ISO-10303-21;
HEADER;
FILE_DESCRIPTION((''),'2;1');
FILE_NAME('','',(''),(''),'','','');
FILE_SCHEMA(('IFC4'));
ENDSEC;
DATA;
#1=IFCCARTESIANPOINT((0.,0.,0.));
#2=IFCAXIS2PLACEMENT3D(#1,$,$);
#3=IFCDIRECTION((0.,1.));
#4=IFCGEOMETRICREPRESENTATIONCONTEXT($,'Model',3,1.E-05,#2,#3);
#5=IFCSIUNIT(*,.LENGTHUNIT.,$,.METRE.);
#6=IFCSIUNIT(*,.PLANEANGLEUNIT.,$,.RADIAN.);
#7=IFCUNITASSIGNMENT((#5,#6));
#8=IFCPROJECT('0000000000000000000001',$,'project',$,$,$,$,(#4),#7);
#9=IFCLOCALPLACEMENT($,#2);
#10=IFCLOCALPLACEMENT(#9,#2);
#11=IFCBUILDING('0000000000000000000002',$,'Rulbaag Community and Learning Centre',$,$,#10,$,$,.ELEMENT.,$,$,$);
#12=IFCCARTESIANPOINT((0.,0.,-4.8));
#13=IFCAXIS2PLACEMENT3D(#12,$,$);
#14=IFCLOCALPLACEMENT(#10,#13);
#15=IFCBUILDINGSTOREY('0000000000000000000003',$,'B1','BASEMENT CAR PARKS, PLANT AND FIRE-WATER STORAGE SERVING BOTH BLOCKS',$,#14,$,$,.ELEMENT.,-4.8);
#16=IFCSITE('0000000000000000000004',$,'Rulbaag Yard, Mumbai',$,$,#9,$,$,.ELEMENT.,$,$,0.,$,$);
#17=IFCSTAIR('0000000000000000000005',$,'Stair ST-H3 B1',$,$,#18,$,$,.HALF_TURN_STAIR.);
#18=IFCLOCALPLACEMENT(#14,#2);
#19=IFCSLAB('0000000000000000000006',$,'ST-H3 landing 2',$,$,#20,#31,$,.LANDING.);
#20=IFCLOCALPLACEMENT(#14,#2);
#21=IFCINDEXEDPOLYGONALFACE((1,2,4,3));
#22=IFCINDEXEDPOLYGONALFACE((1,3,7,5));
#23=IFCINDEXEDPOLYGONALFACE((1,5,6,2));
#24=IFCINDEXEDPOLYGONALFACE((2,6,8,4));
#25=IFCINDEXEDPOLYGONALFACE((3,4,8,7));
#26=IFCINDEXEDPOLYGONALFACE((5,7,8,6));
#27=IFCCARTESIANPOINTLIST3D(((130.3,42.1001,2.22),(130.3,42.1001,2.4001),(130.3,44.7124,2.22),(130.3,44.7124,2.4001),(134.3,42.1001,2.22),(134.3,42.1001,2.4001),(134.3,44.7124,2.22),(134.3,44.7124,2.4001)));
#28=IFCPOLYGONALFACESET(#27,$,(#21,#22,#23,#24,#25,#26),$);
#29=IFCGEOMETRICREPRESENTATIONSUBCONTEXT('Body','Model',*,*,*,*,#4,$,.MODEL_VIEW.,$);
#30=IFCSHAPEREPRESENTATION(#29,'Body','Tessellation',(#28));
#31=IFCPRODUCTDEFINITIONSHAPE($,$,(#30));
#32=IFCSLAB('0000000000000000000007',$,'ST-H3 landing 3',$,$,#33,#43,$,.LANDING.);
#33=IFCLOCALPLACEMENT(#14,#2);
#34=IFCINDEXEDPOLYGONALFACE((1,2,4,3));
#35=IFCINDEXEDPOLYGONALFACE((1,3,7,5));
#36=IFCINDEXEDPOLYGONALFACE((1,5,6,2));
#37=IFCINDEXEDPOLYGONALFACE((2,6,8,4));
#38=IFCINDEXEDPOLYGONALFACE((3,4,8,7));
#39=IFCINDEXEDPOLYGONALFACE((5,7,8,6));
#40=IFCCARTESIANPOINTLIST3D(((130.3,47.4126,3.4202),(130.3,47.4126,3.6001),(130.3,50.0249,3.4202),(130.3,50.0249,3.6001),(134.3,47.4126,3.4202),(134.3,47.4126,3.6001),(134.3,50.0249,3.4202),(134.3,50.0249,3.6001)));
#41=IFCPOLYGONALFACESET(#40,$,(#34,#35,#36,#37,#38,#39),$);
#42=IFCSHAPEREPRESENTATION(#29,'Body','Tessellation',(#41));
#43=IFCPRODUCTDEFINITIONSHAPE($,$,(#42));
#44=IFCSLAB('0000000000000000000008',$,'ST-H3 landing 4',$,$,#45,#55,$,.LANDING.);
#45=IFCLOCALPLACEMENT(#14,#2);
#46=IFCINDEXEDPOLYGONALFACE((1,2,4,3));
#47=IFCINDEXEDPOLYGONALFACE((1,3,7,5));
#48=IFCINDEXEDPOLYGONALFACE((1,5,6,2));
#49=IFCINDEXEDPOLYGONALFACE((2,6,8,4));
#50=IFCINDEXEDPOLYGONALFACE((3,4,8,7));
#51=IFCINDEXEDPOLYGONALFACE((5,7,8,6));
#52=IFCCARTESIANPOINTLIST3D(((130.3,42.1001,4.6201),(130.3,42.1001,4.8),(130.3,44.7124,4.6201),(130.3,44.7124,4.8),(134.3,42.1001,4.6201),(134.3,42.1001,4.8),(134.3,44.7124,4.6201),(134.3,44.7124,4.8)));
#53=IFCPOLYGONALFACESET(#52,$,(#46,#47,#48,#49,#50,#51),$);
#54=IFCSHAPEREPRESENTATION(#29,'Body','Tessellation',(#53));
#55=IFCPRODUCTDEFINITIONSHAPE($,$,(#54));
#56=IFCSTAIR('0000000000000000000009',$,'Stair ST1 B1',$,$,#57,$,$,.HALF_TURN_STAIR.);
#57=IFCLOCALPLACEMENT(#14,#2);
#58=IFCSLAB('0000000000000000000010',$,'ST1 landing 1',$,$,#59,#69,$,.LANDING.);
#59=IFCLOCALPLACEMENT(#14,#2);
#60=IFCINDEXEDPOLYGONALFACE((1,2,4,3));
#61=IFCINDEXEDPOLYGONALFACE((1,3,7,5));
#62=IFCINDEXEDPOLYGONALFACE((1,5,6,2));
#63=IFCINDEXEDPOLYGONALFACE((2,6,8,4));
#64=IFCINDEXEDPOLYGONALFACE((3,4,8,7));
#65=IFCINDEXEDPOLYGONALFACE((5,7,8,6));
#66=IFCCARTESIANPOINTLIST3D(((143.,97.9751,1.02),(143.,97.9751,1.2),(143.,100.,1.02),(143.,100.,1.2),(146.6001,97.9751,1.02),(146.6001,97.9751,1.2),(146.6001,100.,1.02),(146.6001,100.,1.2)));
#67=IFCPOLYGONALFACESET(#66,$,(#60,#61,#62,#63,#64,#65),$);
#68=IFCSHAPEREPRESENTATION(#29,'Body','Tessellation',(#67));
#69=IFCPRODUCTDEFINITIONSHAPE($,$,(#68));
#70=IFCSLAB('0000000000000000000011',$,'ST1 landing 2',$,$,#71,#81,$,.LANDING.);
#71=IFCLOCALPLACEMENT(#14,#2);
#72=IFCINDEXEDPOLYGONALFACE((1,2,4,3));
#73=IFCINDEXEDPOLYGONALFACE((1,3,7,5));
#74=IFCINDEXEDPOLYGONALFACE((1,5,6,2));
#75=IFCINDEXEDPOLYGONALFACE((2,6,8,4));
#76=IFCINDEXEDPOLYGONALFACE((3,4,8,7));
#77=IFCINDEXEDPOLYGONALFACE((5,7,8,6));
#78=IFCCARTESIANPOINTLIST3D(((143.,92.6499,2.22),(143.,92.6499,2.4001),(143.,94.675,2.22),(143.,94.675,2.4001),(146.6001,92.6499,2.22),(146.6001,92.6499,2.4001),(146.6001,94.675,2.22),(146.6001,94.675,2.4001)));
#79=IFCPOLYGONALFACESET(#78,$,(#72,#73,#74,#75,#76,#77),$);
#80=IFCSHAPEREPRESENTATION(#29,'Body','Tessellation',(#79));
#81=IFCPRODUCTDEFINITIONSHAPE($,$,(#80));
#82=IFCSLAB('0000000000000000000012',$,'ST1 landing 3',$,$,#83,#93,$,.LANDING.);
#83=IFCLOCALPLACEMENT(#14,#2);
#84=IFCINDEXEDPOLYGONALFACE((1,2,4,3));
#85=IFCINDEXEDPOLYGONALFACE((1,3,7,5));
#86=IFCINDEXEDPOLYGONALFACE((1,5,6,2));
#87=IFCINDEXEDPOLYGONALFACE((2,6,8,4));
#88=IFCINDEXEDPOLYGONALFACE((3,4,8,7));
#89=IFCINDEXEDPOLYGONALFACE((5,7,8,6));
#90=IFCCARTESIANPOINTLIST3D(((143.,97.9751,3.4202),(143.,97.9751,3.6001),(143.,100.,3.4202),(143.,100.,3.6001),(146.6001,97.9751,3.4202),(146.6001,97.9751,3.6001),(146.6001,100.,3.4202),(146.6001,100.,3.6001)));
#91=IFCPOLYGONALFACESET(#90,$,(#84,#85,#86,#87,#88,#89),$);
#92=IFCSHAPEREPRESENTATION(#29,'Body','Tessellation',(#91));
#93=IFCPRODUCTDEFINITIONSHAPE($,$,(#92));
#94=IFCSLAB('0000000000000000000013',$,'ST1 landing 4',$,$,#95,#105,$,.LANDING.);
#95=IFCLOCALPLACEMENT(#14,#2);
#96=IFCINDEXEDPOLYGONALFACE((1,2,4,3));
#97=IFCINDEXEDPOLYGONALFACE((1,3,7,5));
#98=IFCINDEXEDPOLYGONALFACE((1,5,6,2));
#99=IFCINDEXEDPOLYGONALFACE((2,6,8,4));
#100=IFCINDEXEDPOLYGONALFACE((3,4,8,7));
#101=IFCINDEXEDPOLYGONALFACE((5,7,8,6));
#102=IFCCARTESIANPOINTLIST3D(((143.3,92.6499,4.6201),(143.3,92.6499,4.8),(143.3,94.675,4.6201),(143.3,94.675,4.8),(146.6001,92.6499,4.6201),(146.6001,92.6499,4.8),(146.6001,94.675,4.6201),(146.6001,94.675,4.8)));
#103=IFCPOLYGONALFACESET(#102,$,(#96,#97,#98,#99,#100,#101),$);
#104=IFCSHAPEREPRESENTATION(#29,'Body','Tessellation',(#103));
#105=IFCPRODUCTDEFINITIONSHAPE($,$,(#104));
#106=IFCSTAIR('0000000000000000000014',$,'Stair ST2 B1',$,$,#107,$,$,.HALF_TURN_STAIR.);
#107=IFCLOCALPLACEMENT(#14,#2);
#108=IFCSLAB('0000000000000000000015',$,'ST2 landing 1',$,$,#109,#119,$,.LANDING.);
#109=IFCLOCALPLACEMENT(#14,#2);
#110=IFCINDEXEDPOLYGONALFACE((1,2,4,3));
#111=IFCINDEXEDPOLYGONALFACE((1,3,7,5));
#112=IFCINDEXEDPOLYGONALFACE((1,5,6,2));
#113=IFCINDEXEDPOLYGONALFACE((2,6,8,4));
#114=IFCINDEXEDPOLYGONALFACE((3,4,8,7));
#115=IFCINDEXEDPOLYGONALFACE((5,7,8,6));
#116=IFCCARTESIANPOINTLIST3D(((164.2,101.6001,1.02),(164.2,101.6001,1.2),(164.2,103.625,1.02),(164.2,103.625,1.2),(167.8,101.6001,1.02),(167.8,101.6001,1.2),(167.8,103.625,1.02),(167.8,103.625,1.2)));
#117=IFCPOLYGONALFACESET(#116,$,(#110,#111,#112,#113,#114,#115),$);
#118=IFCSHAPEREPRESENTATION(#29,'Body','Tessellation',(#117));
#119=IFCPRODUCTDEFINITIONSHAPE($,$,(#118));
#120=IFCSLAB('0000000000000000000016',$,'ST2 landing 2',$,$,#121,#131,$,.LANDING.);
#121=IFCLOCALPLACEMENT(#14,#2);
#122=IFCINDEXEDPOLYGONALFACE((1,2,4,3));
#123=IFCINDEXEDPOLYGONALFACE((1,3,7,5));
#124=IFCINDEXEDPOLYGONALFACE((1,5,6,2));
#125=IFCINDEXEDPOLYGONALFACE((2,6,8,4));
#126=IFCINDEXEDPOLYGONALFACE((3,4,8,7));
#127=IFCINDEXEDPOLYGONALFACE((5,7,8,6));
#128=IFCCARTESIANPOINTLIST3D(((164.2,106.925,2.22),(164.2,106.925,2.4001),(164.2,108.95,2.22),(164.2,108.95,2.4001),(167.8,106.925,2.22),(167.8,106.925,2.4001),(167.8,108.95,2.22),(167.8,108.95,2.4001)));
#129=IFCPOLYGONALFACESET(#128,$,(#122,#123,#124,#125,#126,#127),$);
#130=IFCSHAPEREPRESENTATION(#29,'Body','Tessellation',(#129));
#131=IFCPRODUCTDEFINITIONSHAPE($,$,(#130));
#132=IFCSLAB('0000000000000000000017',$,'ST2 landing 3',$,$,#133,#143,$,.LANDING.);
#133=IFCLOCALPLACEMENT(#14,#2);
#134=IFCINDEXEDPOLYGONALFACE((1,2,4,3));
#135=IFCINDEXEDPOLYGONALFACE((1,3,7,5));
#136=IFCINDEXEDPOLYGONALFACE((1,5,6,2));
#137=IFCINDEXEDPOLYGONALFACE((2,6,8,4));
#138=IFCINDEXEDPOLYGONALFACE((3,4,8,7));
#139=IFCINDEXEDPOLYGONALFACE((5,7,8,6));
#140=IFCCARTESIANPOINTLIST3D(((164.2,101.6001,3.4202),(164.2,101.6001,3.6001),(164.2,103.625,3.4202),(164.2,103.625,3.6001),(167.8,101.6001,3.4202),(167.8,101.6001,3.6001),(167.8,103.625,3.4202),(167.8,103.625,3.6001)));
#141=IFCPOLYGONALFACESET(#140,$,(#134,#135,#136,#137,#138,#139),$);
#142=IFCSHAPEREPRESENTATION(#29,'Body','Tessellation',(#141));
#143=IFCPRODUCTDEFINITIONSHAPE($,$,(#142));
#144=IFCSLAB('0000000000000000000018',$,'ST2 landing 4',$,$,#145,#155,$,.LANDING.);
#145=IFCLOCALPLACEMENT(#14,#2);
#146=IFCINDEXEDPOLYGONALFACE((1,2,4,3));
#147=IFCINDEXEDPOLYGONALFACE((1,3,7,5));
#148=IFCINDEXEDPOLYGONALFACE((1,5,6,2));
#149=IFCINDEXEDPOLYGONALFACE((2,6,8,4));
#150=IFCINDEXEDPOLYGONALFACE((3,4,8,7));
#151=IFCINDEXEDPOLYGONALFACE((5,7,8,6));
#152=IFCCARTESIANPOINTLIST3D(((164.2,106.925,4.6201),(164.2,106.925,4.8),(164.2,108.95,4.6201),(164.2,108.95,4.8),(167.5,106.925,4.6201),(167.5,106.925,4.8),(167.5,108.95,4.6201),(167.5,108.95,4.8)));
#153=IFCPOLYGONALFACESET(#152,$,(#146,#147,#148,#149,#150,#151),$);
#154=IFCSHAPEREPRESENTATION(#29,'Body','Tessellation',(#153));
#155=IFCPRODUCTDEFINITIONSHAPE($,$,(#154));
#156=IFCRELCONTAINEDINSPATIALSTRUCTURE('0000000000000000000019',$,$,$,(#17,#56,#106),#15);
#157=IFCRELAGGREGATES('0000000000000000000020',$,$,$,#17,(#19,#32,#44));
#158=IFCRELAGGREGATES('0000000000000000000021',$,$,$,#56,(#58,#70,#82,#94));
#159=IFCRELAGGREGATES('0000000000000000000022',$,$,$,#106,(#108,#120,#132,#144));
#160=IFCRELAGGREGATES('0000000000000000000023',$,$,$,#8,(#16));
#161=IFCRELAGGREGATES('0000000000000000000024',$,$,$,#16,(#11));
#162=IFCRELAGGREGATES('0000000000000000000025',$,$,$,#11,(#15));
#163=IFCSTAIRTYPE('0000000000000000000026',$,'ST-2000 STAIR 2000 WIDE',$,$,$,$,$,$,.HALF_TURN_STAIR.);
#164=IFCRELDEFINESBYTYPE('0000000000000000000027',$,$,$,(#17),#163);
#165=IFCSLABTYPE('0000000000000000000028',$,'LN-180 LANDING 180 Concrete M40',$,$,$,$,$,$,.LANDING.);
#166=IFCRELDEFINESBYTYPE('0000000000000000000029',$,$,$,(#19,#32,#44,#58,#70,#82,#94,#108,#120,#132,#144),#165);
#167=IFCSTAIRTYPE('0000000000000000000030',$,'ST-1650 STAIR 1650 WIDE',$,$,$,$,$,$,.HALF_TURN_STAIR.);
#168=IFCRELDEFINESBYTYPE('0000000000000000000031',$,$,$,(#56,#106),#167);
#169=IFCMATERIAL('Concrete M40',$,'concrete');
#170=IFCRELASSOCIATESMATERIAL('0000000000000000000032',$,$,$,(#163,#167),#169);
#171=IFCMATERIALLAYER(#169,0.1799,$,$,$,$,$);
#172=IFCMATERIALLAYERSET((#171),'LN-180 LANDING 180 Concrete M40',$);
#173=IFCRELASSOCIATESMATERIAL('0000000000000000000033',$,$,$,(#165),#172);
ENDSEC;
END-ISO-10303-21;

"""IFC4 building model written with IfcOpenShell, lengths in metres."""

from ifc_helpers import new_model, si_unit, direction, frame, origin, place, context, subcontext, project, spatial, polyline, outline, extrude, material, layer, layer_set, type_object, element, aggregate, save


model = new_model("IFC4")

# Units and contexts
model_context = context("Model", 3, precision=1e-05, world=origin(), true_north=direction((0.0, 1.0)))
body_context = subcontext(model_context, "Body", "Model", "MODEL_VIEW")
ifc_project = project(units=[si_unit("LENGTHUNIT", "METRE"), si_unit("PLANEANGLEUNIT", "RADIAN")], contexts=[model_context])

# Site, building, storey
site_placement = place(None, origin())
site = spatial("IfcSite", under=ifc_project, at=site_placement, Name="Rulbaag Yard, Mumbai", CompositionType="ELEMENT", RefElevation=0.0)
building_placement = place(site_placement, origin())
building = spatial("IfcBuilding", under=site, at=building_placement, Name="Rulbaag Community and Learning Centre", CompositionType="ELEMENT")
storey_placement = place(building_placement, frame((0.0, 0.0, -4.8)))
storey = spatial("IfcBuildingStorey", under=building, at=storey_placement, Name="B1", Description="BASEMENT CAR PARKS, PLANT AND FIRE-WATER STORAGE SERVING BOTH BLOCKS", CompositionType="ELEMENT", Elevation=-4.8)

# Shared definitions
ifc_material_1 = material(Name="Concrete M40", Category="concrete")

# Stairs, slabs
stair_type_1 = type_object("IfcStairType", Name="ST-2000 STAIR 2000 WIDE", PredefinedType="HALF_TURN_STAIR", material=ifc_material_1)
stair_1_placement = place(storey_placement, origin())
stair_1 = element("IfcStair", 1, at=stair_1_placement, inside=storey, type_object=stair_type_1, Name="Stair ST-H3 B1", PredefinedType="HALF_TURN_STAIR")
ifc_layer_1 = layer(ifc_material_1, 0.1799)
ifc_layer_set_1 = layer_set([ifc_layer_1], Name="LN-180 LANDING 180 Concrete M40")
slab_type_1 = type_object("IfcSlabType", Name="LN-180 LANDING 180 Concrete M40", PredefinedType="LANDING", material=ifc_layer_set_1)
slab_1_placement = place(storey_placement, frame((0.0, 0.0, 2.22)))
slab_1 = element("IfcSlab", 2, at=slab_1_placement, type_object=slab_type_1, Name="ST-H3 landing 2", PredefinedType="LANDING", context=body_context, shape_type="SweptSolid", body=[
    extrude(outline(polyline([(130.3, 42.1001), (130.3, 44.7124), (134.3, 44.7124), (134.3, 42.1001), (130.3, 42.1001)])), origin(), (0.0, 0.0, 1.0), 0.1802),
])
slab_2_placement = place(storey_placement, frame((0.0, 0.0, 3.4202)))
slab_2 = element("IfcSlab", 3, at=slab_2_placement, type_object=slab_type_1, Name="ST-H3 landing 3", PredefinedType="LANDING", context=body_context, shape_type="SweptSolid", body=[
    extrude(outline(polyline([(130.3, 47.4126), (130.3, 50.0249), (134.3, 50.0249), (134.3, 47.4126), (130.3, 47.4126)])), origin(), (0.0, 0.0, 1.0), 0.1799),
])
slab_3_placement = place(storey_placement, frame((0.0, 0.0, 4.6201)))
slab_3 = element("IfcSlab", 4, at=slab_3_placement, type_object=slab_type_1, Name="ST-H3 landing 4", PredefinedType="LANDING", context=body_context, shape_type="SweptSolid", body=[
    extrude(outline(polyline([(130.3, 42.1001), (130.3, 44.7124), (134.3, 44.7124), (134.3, 42.1001), (130.3, 42.1001)])), origin(), (0.0, 0.0, 1.0), 0.1799),
])
aggregate(stair_1, [slab_1, slab_2, slab_3])
stair_type_2 = type_object("IfcStairType", Name="ST-1650 STAIR 1650 WIDE", PredefinedType="HALF_TURN_STAIR", material=ifc_material_1)
stair_2_placement = place(storey_placement, origin())
stair_2 = element("IfcStair", 5, at=stair_2_placement, inside=storey, type_object=stair_type_2, Name="Stair ST1 B1", PredefinedType="HALF_TURN_STAIR")
slab_4_placement = place(storey_placement, frame((0.0, 0.0, 1.02)))
slab_4 = element("IfcSlab", 6, at=slab_4_placement, type_object=slab_type_1, Name="ST1 landing 1", PredefinedType="LANDING", context=body_context, shape_type="SweptSolid", body=[
    extrude(outline(polyline([(143.0, 97.9751), (143.0, 100.0), (146.6001, 100.0), (146.6001, 97.9751), (143.0, 97.9751)])), origin(), (0.0, 0.0, 1.0), 0.1799),
])
slab_5_placement = place(storey_placement, frame((0.0, 0.0, 2.22)))
slab_5 = element("IfcSlab", 7, at=slab_5_placement, type_object=slab_type_1, Name="ST1 landing 2", PredefinedType="LANDING", context=body_context, shape_type="SweptSolid", body=[
    extrude(outline(polyline([(143.0, 92.6499), (143.0, 94.675), (146.6001, 94.675), (146.6001, 92.6499), (143.0, 92.6499)])), origin(), (0.0, 0.0, 1.0), 0.1802),
])
slab_6_placement = place(storey_placement, frame((0.0, 0.0, 3.4202)))
slab_6 = element("IfcSlab", 8, at=slab_6_placement, type_object=slab_type_1, Name="ST1 landing 3", PredefinedType="LANDING", context=body_context, shape_type="SweptSolid", body=[
    extrude(outline(polyline([(143.0, 97.9751), (143.0, 100.0), (146.6001, 100.0), (146.6001, 97.9751), (143.0, 97.9751)])), origin(), (0.0, 0.0, 1.0), 0.1799),
])
slab_7_placement = place(storey_placement, frame((0.0, 0.0, 4.6201)))
slab_7 = element("IfcSlab", 9, at=slab_7_placement, type_object=slab_type_1, Name="ST1 landing 4", PredefinedType="LANDING", context=body_context, shape_type="SweptSolid", body=[
    extrude(outline(polyline([(143.3, 92.6499), (143.3, 94.675), (146.6001, 94.675), (146.6001, 92.6499), (143.3, 92.6499)])), origin(), (0.0, 0.0, 1.0), 0.1799),
])
aggregate(stair_2, [slab_4, slab_5, slab_6, slab_7])
stair_3_placement = place(storey_placement, origin())
stair_3 = element("IfcStair", 10, at=stair_3_placement, inside=storey, type_object=stair_type_2, Name="Stair ST2 B1", PredefinedType="HALF_TURN_STAIR")
slab_8_placement = place(storey_placement, frame((0.0, 0.0, 1.02)))
slab_8 = element("IfcSlab", 11, at=slab_8_placement, type_object=slab_type_1, Name="ST2 landing 1", PredefinedType="LANDING", context=body_context, shape_type="SweptSolid", body=[
    extrude(outline(polyline([(164.2, 101.6001), (164.2, 103.625), (167.8, 103.625), (167.8, 101.6001), (164.2, 101.6001)])), origin(), (0.0, 0.0, 1.0), 0.1799),
])
slab_9_placement = place(storey_placement, frame((0.0, 0.0, 2.22)))
slab_9 = element("IfcSlab", 12, at=slab_9_placement, type_object=slab_type_1, Name="ST2 landing 2", PredefinedType="LANDING", context=body_context, shape_type="SweptSolid", body=[
    extrude(outline(polyline([(164.2, 106.925), (164.2, 108.95), (167.8, 108.95), (167.8, 106.925), (164.2, 106.925)])), origin(), (0.0, 0.0, 1.0), 0.1802),
])
slab_10_placement = place(storey_placement, frame((0.0, 0.0, 3.4202)))
slab_10 = element("IfcSlab", 13, at=slab_10_placement, type_object=slab_type_1, Name="ST2 landing 3", PredefinedType="LANDING", context=body_context, shape_type="SweptSolid", body=[
    extrude(outline(polyline([(164.2, 101.6001), (164.2, 103.625), (167.8, 103.625), (167.8, 101.6001), (164.2, 101.6001)])), origin(), (0.0, 0.0, 1.0), 0.1799),
])
slab_11_placement = place(storey_placement, frame((0.0, 0.0, 4.6201)))
slab_11 = element("IfcSlab", 14, at=slab_11_placement, type_object=slab_type_1, Name="ST2 landing 4", PredefinedType="LANDING", context=body_context, shape_type="SweptSolid", body=[
    extrude(outline(polyline([(164.2, 106.925), (164.2, 108.95), (167.5, 108.95), (167.5, 106.925), (164.2, 106.925)])), origin(), (0.0, 0.0, 1.0), 0.1799),
])
aggregate(stair_3, [slab_8, slab_9, slab_10, slab_11])

save(model, "model.ifc")
